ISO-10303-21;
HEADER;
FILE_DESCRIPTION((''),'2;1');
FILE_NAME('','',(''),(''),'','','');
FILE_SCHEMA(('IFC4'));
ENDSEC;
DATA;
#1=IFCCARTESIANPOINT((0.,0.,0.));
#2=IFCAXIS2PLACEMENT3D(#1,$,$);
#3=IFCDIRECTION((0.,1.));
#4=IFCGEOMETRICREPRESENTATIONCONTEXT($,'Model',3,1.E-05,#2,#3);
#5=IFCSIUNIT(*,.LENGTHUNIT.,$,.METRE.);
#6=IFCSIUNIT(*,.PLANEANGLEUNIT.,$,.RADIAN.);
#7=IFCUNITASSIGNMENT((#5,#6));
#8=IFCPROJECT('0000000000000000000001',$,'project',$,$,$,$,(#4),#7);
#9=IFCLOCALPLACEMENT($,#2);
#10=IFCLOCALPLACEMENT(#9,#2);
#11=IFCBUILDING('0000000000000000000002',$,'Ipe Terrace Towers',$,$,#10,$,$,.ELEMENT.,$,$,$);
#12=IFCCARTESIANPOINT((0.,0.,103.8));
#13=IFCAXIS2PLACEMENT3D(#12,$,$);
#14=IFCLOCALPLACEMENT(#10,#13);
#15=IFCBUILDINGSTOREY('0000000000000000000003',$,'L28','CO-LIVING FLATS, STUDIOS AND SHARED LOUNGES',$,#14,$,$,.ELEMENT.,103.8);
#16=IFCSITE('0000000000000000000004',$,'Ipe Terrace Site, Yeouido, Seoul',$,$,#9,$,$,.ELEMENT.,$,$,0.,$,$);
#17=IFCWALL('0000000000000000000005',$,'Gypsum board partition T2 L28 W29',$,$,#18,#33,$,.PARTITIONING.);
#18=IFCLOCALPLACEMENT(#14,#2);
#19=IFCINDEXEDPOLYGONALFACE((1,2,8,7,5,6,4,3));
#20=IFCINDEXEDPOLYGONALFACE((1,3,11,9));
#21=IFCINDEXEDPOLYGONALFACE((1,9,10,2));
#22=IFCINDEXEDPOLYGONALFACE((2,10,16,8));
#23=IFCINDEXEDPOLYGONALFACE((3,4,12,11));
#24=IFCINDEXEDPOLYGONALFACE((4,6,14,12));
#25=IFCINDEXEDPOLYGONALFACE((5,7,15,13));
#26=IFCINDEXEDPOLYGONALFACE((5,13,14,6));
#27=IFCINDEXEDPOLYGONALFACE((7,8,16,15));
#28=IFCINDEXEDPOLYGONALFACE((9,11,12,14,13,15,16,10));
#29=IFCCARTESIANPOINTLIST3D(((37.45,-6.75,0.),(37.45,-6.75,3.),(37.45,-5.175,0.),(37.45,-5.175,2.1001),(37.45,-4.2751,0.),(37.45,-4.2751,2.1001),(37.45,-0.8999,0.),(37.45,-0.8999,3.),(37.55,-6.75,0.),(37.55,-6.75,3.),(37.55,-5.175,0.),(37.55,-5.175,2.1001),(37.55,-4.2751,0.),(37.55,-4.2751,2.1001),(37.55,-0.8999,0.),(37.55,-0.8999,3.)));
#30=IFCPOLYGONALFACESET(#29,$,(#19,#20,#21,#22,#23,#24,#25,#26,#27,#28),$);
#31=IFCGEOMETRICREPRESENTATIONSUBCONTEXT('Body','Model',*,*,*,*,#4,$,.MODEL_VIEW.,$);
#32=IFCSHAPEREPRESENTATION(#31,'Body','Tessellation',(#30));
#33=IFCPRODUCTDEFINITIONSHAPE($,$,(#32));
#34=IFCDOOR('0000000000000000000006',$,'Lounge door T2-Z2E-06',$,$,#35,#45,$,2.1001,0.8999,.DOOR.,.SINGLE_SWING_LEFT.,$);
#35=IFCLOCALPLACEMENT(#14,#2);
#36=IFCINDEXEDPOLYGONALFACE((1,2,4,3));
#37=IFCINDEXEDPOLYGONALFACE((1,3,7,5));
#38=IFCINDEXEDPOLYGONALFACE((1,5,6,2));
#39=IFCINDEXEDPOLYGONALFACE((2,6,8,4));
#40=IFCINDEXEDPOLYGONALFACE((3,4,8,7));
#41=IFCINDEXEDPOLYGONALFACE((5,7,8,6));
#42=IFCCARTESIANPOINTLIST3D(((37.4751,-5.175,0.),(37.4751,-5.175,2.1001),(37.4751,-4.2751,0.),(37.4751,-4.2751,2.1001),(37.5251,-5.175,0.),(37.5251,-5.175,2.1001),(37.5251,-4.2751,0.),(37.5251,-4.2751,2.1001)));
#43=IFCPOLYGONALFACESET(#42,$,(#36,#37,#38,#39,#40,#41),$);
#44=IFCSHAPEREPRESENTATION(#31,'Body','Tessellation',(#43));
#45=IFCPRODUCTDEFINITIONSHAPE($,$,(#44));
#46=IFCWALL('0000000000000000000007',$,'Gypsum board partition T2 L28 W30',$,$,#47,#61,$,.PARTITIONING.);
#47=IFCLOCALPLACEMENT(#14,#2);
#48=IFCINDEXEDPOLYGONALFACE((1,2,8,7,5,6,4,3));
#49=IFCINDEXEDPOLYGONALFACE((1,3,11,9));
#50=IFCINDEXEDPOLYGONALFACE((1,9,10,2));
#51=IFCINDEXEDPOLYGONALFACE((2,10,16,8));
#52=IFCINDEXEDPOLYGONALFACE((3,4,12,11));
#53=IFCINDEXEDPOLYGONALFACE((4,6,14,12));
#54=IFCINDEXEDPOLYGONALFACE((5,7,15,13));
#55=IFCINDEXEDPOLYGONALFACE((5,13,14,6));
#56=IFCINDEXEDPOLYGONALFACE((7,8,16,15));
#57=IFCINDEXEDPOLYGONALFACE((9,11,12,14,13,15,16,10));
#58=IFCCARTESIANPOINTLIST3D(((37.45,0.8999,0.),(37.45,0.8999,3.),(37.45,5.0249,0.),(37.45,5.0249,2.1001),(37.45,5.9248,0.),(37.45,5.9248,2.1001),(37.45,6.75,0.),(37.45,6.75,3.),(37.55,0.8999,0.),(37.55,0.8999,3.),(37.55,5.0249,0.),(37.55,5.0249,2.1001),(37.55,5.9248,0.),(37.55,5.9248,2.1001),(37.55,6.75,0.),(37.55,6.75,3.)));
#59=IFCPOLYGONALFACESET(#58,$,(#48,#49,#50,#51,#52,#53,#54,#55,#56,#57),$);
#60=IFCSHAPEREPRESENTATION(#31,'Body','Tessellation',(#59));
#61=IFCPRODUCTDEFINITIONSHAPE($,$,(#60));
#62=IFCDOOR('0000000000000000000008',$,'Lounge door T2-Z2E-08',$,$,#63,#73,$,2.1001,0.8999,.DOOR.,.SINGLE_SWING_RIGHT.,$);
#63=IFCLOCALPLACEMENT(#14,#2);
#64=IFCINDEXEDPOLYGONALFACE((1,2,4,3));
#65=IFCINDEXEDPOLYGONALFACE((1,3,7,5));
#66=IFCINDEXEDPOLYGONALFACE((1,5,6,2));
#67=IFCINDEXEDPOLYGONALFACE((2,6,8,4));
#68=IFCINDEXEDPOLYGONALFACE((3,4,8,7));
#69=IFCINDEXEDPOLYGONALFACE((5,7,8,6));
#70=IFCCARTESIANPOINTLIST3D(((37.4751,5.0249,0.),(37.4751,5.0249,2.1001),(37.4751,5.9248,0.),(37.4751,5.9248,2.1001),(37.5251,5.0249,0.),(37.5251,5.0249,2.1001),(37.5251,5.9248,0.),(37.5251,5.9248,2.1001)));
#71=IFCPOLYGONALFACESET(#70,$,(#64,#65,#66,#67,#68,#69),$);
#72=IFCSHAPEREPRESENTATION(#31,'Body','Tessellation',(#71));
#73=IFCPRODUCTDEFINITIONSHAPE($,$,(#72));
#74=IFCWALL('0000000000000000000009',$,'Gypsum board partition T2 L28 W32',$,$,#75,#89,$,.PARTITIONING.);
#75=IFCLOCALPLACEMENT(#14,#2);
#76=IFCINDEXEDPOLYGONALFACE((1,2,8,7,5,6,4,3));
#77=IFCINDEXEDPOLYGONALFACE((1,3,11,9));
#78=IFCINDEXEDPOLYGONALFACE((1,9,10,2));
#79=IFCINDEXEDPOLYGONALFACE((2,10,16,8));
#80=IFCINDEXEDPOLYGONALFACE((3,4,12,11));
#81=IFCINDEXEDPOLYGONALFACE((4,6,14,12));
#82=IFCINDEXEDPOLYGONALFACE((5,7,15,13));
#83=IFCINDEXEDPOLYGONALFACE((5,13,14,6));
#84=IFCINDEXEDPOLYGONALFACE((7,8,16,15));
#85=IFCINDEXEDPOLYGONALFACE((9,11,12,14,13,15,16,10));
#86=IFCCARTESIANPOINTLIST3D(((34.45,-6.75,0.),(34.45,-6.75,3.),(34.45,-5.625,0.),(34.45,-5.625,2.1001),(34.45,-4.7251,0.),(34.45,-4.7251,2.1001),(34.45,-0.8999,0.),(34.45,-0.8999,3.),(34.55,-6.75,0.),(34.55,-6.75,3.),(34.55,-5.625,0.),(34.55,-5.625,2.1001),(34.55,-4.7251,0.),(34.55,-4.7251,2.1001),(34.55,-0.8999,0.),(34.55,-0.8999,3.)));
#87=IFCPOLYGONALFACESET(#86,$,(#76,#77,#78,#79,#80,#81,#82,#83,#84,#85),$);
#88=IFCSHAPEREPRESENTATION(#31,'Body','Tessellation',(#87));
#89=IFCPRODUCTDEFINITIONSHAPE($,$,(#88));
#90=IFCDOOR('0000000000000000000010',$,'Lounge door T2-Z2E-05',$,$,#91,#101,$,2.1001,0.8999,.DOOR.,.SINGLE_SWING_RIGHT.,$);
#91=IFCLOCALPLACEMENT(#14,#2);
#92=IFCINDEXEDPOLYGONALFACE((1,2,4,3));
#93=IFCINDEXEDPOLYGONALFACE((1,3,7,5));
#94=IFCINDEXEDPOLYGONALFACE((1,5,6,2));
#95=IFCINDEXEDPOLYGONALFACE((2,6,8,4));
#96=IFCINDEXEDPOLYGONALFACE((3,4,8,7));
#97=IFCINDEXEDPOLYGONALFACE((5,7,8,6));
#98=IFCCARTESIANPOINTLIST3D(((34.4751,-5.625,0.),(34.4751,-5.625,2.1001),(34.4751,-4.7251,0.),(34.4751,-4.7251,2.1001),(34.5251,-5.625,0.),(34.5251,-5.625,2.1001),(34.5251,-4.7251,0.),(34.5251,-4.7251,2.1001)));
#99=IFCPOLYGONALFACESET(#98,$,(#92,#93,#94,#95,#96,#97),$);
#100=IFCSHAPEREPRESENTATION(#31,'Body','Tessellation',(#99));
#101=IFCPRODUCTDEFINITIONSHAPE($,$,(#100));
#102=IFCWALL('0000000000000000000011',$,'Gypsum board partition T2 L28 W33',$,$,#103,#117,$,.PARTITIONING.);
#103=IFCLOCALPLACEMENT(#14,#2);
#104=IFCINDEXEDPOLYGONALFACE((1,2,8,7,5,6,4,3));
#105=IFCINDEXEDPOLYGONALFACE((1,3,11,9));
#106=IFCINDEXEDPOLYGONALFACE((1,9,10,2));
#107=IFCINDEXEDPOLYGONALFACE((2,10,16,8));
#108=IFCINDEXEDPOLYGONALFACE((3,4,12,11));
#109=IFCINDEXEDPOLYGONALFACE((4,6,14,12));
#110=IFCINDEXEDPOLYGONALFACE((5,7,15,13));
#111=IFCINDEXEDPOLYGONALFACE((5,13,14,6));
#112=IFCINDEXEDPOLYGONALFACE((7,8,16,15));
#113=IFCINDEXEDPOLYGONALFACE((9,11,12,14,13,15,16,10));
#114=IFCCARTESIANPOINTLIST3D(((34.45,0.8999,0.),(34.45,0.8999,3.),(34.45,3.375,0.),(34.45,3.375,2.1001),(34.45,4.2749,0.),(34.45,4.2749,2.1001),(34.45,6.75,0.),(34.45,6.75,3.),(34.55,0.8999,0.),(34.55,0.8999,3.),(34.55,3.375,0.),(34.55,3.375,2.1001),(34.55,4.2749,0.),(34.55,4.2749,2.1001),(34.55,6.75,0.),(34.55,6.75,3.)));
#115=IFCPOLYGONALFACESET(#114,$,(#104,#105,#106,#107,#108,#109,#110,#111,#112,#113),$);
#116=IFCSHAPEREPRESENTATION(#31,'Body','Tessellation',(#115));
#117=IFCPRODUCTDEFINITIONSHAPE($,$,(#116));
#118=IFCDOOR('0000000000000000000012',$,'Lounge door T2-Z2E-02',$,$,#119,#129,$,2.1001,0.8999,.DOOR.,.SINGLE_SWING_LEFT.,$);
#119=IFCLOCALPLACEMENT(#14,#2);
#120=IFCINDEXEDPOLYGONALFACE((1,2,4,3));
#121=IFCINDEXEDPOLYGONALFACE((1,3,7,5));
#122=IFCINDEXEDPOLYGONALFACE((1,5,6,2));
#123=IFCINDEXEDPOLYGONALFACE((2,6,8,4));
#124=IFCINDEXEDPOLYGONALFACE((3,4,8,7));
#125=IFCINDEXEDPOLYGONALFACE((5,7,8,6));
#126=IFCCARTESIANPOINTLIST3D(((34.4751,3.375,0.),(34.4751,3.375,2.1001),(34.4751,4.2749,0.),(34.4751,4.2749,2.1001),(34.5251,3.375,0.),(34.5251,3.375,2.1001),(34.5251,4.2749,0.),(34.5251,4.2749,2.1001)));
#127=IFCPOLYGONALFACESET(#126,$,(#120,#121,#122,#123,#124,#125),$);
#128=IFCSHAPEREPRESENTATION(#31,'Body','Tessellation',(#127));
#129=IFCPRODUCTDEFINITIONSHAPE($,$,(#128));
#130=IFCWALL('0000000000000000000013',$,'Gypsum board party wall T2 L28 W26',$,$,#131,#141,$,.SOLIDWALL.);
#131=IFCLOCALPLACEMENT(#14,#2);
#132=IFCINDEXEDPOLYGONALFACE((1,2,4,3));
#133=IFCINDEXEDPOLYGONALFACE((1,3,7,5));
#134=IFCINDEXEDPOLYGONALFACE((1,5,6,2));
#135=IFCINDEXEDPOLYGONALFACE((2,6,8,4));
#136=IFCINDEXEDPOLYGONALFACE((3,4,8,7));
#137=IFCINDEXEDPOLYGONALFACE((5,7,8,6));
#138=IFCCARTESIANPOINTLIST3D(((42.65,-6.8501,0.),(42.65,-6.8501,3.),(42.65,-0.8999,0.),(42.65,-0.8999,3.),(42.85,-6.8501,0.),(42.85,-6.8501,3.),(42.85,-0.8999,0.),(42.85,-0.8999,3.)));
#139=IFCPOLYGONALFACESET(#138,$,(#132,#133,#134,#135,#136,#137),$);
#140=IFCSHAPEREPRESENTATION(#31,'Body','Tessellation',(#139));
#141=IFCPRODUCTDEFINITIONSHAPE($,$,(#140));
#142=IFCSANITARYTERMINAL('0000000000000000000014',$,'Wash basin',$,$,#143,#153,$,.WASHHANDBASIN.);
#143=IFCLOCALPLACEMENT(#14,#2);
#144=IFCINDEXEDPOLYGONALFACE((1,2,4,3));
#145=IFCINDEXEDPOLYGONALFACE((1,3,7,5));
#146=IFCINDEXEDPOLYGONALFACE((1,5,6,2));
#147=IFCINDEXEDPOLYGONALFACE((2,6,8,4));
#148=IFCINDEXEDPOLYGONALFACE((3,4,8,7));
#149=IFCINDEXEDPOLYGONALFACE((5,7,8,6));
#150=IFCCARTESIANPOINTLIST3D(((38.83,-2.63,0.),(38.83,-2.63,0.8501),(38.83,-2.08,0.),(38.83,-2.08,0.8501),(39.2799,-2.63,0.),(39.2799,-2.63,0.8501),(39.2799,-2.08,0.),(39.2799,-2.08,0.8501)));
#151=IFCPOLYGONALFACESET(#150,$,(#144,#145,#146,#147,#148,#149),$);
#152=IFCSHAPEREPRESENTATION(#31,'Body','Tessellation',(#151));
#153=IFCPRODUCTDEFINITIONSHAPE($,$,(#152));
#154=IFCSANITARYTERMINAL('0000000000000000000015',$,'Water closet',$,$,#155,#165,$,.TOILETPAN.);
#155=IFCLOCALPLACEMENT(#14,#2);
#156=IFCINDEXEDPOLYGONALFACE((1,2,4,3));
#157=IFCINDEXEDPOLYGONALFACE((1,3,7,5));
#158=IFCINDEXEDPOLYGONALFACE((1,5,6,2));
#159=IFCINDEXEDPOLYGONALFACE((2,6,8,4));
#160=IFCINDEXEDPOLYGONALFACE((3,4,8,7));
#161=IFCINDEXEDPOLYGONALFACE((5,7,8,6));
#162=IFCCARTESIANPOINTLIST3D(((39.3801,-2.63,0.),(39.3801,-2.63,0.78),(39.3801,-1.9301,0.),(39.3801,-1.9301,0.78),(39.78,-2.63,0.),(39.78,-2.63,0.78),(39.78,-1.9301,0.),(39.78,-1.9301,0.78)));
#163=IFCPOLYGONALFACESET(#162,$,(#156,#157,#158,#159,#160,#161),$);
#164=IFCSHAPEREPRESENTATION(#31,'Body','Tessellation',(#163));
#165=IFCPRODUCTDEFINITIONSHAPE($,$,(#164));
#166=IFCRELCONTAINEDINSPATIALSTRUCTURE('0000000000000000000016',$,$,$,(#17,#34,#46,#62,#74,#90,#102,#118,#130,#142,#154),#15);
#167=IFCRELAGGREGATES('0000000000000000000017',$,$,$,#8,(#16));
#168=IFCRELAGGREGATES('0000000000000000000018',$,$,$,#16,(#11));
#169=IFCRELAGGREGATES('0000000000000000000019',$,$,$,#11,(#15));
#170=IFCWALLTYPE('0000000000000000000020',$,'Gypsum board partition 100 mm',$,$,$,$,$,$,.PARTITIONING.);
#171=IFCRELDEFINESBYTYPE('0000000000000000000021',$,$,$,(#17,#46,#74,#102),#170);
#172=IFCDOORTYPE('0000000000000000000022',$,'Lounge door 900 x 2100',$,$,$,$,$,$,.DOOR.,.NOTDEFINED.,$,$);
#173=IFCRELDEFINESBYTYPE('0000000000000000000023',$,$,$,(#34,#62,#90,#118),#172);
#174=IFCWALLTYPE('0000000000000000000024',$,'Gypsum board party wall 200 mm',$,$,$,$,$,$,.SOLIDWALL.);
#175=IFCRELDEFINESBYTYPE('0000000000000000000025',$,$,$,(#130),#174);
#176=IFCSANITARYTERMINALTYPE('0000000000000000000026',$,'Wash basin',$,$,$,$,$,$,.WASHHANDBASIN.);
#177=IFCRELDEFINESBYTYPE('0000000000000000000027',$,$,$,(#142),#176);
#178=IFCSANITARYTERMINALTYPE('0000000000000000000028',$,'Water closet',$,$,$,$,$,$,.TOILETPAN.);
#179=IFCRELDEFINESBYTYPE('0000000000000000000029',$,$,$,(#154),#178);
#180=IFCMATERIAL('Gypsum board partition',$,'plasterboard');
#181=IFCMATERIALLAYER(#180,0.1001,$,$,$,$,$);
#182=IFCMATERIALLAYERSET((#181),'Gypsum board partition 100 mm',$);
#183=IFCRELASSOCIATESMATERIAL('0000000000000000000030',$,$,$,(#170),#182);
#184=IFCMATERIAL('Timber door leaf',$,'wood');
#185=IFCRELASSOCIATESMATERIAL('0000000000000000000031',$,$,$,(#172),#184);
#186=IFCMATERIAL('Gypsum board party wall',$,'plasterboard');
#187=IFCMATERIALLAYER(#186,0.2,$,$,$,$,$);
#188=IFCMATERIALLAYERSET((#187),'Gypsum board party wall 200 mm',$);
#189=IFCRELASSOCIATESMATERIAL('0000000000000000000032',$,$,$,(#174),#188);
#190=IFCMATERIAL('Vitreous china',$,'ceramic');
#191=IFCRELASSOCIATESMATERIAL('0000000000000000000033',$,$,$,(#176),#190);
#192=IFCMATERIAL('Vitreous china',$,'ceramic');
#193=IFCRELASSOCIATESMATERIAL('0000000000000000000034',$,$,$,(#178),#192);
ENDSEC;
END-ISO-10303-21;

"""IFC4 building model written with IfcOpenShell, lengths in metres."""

from ifc_helpers import new_model, si_unit, direction, frame, frame_2d, origin, origin_2d, place, context, subcontext, project, spatial, rectangle, extrude, material, layer, layer_set, type_object, element, fill, save


model = new_model("IFC4")

# Units and contexts
model_context = context("Model", 3, precision=1e-05, world=origin(), true_north=direction((0.0, 1.0)))
body_context = subcontext(model_context, "Body", "Model", "MODEL_VIEW")
ifc_project = project(units=[si_unit("LENGTHUNIT", "METRE"), si_unit("PLANEANGLEUNIT", "RADIAN")], contexts=[model_context])

# Site, building, storey
site_placement = place(None, origin())
site = spatial("IfcSite", under=ifc_project, at=site_placement, Name="Ipe Terrace Site, Yeouido, Seoul", CompositionType="ELEMENT", RefElevation=0.0)
building_placement = place(site_placement, origin())
building = spatial("IfcBuilding", under=site, at=building_placement, Name="Ipe Terrace Towers", CompositionType="ELEMENT")
storey_placement = place(building_placement, frame((0.0, 0.0, 103.8)))
storey = spatial("IfcBuildingStorey", under=building, at=storey_placement, Name="L28", Description="CO-LIVING FLATS, STUDIOS AND SHARED LOUNGES", CompositionType="ELEMENT", Elevation=103.8)

# Shared definitions
ifc_material_1 = material(Name="Gypsum board partition", Category="plasterboard")
ifc_layer_1 = layer(ifc_material_1, 0.1001)
ifc_layer_set_1 = layer_set([ifc_layer_1], Name="Gypsum board partition 100 mm")
wall_type_1 = type_object("IfcWallType", Name="Gypsum board partition 100 mm", PredefinedType="PARTITIONING", material=ifc_layer_set_1)

# Shared definitions
ifc_material_2 = material(Name="Timber door leaf", Category="wood")
door_type = type_object("IfcDoorType", Name="Lounge door 900 x 2100", OperationType="NOTDEFINED", PredefinedType="DOOR", material=ifc_material_2)

# Walls, openings, doors
wall_1_placement = place(storey_placement, frame((37.5, -6.75, 0.0), z_axis=(0.0, 0.0, 1.0), x_axis=(0.0, 1.0, 0.0)))
wall_1 = element("IfcWall", 1, at=wall_1_placement, inside=storey, type_object=wall_type_1, Name="Gypsum board partition T2 L28 W29", PredefinedType="PARTITIONING", context=body_context, shape_type="SweptSolid", body=[
    extrude(rectangle(XDim=5.8501, YDim=0.1001, at=frame_2d((2.925, 0.0))), origin(), (0.0, 0.0, 1.0), 3.0),
])
opening_1_placement = place(wall_1_placement, frame((1.575, 0.0, 0.0)))
opening_1 = element("IfcOpeningElement", 2, at=opening_1_placement, cuts=wall_1, PredefinedType="OPENING", context=body_context, shape_type="SweptSolid", body=[
    extrude(rectangle(XDim=0.8999, YDim=2.1001, at=frame_2d((0.45, 1.05))), frame((0.0, 0.0601, 0.0), z_axis=(0.0, -1.0, 0.0), x_axis=(1.0, 0.0, 0.0)), (0.0, 0.0, 1.0), 0.1201),
])
door_1_placement = place(opening_1_placement, origin())
door_1 = element("IfcDoor", 3, at=door_1_placement, inside=storey, type_object=door_type, Name="Lounge door T2-Z2E-06", OperationType="SINGLE_SWING_LEFT", OverallHeight=2.1001, OverallWidth=0.8999, PredefinedType="DOOR", context=body_context, shape_type="SweptSolid", body=[
    extrude(rectangle(XDim=0.8999, YDim=2.1001, at=frame_2d((0.45, 1.05))), frame((0.0, 0.0249, 0.0), z_axis=(0.0, -1.0, 0.0), x_axis=(1.0, 0.0, 0.0)), (0.0, 0.0, 1.0), 0.05),
])
fill(opening_1, door_1)
wall_2_placement = place(storey_placement, frame((37.5, 0.8999, 0.0), z_axis=(0.0, 0.0, 1.0), x_axis=(0.0, 1.0, 0.0)))
wall_2 = element("IfcWall", 4, at=wall_2_placement, inside=storey, type_object=wall_type_1, Name="Gypsum board partition T2 L28 W30", PredefinedType="PARTITIONING", context=body_context, shape_type="SweptSolid", body=[
    extrude(rectangle(XDim=5.8501, YDim=0.1001, at=frame_2d((2.925, 0.0))), origin(), (0.0, 0.0, 1.0), 3.0),
])
opening_2_placement = place(wall_2_placement, frame((4.125, 0.0, 0.0)))
opening_2 = element("IfcOpeningElement", 5, at=opening_2_placement, cuts=wall_2, PredefinedType="OPENING", context=body_context, shape_type="SweptSolid", body=[
    extrude(rectangle(XDim=0.8999, YDim=2.1001, at=frame_2d((0.45, 1.05))), frame((0.0, 0.0601, 0.0), z_axis=(0.0, -1.0, 0.0), x_axis=(1.0, 0.0, 0.0)), (0.0, 0.0, 1.0), 0.1201),
])
door_2_placement = place(opening_2_placement, origin())
door_2 = element("IfcDoor", 6, at=door_2_placement, inside=storey, type_object=door_type, Name="Lounge door T2-Z2E-08", OperationType="SINGLE_SWING_RIGHT", OverallHeight=2.1001, OverallWidth=0.8999, PredefinedType="DOOR", context=body_context, shape_type="SweptSolid", body=[
    extrude(rectangle(XDim=0.8999, YDim=2.1001, at=frame_2d((0.45, 1.05))), frame((0.0, 0.0249, 0.0), z_axis=(0.0, -1.0, 0.0), x_axis=(1.0, 0.0, 0.0)), (0.0, 0.0, 1.0), 0.05),
])
fill(opening_2, door_2)
wall_3_placement = place(storey_placement, frame((34.5, -6.75, 0.0), z_axis=(0.0, 0.0, 1.0), x_axis=(0.0, 1.0, 0.0)))
wall_3 = element("IfcWall", 7, at=wall_3_placement, inside=storey, type_object=wall_type_1, Name="Gypsum board partition T2 L28 W32", PredefinedType="PARTITIONING", context=body_context, shape_type="SweptSolid", body=[
    extrude(rectangle(XDim=5.8501, YDim=0.1001, at=frame_2d((2.925, 0.0))), origin(), (0.0, 0.0, 1.0), 3.0),
])
opening_3_placement = place(wall_3_placement, frame((1.125, 0.0, 0.0)))
opening_3 = element("IfcOpeningElement", 8, at=opening_3_placement, cuts=wall_3, PredefinedType="OPENING", context=body_context, shape_type="SweptSolid", body=[
    extrude(rectangle(XDim=0.8999, YDim=2.1001, at=frame_2d((0.45, 1.05))), frame((0.0, 0.0601, 0.0), z_axis=(0.0, -1.0, 0.0), x_axis=(1.0, 0.0, 0.0)), (0.0, 0.0, 1.0), 0.1201),
])
door_3_placement = place(opening_3_placement, origin())
door_3 = element("IfcDoor", 9, at=door_3_placement, inside=storey, type_object=door_type, Name="Lounge door T2-Z2E-05", OperationType="SINGLE_SWING_RIGHT", OverallHeight=2.1001, OverallWidth=0.8999, PredefinedType="DOOR", context=body_context, shape_type="SweptSolid", body=[
    extrude(rectangle(XDim=0.8999, YDim=2.1001, at=frame_2d((0.45, 1.05))), frame((0.0, 0.0249, 0.0), z_axis=(0.0, -1.0, 0.0), x_axis=(1.0, 0.0, 0.0)), (0.0, 0.0, 1.0), 0.05),
])
fill(opening_3, door_3)
wall_4_placement = place(storey_placement, frame((34.5, 0.8999, 0.0), z_axis=(0.0, 0.0, 1.0), x_axis=(0.0, 1.0, 0.0)))
wall_4 = element("IfcWall", 10, at=wall_4_placement, inside=storey, type_object=wall_type_1, Name="Gypsum board partition T2 L28 W33", PredefinedType="PARTITIONING", context=body_context, shape_type="SweptSolid", body=[
    extrude(rectangle(XDim=5.8501, YDim=0.1001, at=frame_2d((2.925, 0.0))), origin(), (0.0, 0.0, 1.0), 3.0),
])
opening_4_placement = place(wall_4_placement, frame((2.4751, 0.0, 0.0)))
opening_4 = element("IfcOpeningElement", 11, at=opening_4_placement, cuts=wall_4, PredefinedType="OPENING", context=body_context, shape_type="SweptSolid", body=[
    extrude(rectangle(XDim=0.8999, YDim=2.1001, at=frame_2d((0.45, 1.05))), frame((0.0, 0.0601, 0.0), z_axis=(0.0, -1.0, 0.0), x_axis=(1.0, 0.0, 0.0)), (0.0, 0.0, 1.0), 0.1201),
])
door_4_placement = place(opening_4_placement, origin())
door_4 = element("IfcDoor", 12, at=door_4_placement, inside=storey, type_object=door_type, Name="Lounge door T2-Z2E-02", OperationType="SINGLE_SWING_LEFT", OverallHeight=2.1001, OverallWidth=0.8999, PredefinedType="DOOR", context=body_context, shape_type="SweptSolid", body=[
    extrude(rectangle(XDim=0.8999, YDim=2.1001, at=frame_2d((0.45, 1.05))), frame((0.0, 0.0249, 0.0), z_axis=(0.0, -1.0, 0.0), x_axis=(1.0, 0.0, 0.0)), (0.0, 0.0, 1.0), 0.05),
])
fill(opening_4, door_4)

# Wall
ifc_material_3 = material(Name="Gypsum board party wall", Category="plasterboard")
ifc_layer_2 = layer(ifc_material_3, 0.2)
ifc_layer_set_2 = layer_set([ifc_layer_2], Name="Gypsum board party wall 200 mm")
wall_type_2 = type_object("IfcWallType", Name="Gypsum board party wall 200 mm", PredefinedType="SOLIDWALL", material=ifc_layer_set_2)
wall_5_placement = place(storey_placement, frame((42.75, -6.8501, 0.0), z_axis=(0.0, 0.0, 1.0), x_axis=(0.0, 1.0, 0.0)))
element("IfcWall", 13, at=wall_5_placement, inside=storey, type_object=wall_type_2, Name="Gypsum board party wall T2 L28 W26", PredefinedType="SOLIDWALL", context=body_context, shape_type="SweptSolid", body=[
    extrude(rectangle(XDim=5.9502, YDim=0.2, at=frame_2d((2.9751, 0.0))), origin(), (0.0, 0.0, 1.0), 3.0),
])

# Sanitary terminals
ifc_material_4 = material(Name="Vitreous china", Category="ceramic")
sanitary_terminal_type_1 = type_object("IfcSanitaryTerminalType", Name="Wash basin", PredefinedType="WASHHANDBASIN", material=ifc_material_4)
sanitary_terminal_1_placement = place(storey_placement, frame((39.0549, -2.355, 0.0), z_axis=(0.0, 0.0, 1.0), x_axis=(0.0, 1.0, 0.0)))
element("IfcSanitaryTerminal", 14, at=sanitary_terminal_1_placement, inside=storey, type_object=sanitary_terminal_type_1, Name="Wash basin", PredefinedType="WASHHANDBASIN", context=body_context, shape_type="SweptSolid", body=[
    extrude(rectangle(XDim=0.55, YDim=0.45, at=origin_2d()), origin(), (0.0, 0.0, 1.0), 0.8501),
])
ifc_material_5 = material(Name="Vitreous china", Category="ceramic")
sanitary_terminal_type_2 = type_object("IfcSanitaryTerminalType", Name="Water closet", PredefinedType="TOILETPAN", material=ifc_material_5)
sanitary_terminal_2_placement = place(storey_placement, frame((39.5801, -2.28, 0.0), z_axis=(0.0, 0.0, 1.0), x_axis=(0.0, 1.0, 0.0)))
element("IfcSanitaryTerminal", 15, at=sanitary_terminal_2_placement, inside=storey, type_object=sanitary_terminal_type_2, Name="Water closet", PredefinedType="TOILETPAN", context=body_context, shape_type="SweptSolid", body=[
    extrude(rectangle(XDim=0.7, YDim=0.3999, at=origin_2d()), origin(), (0.0, 0.0, 1.0), 0.78),
])

save(model, "model.ifc")
